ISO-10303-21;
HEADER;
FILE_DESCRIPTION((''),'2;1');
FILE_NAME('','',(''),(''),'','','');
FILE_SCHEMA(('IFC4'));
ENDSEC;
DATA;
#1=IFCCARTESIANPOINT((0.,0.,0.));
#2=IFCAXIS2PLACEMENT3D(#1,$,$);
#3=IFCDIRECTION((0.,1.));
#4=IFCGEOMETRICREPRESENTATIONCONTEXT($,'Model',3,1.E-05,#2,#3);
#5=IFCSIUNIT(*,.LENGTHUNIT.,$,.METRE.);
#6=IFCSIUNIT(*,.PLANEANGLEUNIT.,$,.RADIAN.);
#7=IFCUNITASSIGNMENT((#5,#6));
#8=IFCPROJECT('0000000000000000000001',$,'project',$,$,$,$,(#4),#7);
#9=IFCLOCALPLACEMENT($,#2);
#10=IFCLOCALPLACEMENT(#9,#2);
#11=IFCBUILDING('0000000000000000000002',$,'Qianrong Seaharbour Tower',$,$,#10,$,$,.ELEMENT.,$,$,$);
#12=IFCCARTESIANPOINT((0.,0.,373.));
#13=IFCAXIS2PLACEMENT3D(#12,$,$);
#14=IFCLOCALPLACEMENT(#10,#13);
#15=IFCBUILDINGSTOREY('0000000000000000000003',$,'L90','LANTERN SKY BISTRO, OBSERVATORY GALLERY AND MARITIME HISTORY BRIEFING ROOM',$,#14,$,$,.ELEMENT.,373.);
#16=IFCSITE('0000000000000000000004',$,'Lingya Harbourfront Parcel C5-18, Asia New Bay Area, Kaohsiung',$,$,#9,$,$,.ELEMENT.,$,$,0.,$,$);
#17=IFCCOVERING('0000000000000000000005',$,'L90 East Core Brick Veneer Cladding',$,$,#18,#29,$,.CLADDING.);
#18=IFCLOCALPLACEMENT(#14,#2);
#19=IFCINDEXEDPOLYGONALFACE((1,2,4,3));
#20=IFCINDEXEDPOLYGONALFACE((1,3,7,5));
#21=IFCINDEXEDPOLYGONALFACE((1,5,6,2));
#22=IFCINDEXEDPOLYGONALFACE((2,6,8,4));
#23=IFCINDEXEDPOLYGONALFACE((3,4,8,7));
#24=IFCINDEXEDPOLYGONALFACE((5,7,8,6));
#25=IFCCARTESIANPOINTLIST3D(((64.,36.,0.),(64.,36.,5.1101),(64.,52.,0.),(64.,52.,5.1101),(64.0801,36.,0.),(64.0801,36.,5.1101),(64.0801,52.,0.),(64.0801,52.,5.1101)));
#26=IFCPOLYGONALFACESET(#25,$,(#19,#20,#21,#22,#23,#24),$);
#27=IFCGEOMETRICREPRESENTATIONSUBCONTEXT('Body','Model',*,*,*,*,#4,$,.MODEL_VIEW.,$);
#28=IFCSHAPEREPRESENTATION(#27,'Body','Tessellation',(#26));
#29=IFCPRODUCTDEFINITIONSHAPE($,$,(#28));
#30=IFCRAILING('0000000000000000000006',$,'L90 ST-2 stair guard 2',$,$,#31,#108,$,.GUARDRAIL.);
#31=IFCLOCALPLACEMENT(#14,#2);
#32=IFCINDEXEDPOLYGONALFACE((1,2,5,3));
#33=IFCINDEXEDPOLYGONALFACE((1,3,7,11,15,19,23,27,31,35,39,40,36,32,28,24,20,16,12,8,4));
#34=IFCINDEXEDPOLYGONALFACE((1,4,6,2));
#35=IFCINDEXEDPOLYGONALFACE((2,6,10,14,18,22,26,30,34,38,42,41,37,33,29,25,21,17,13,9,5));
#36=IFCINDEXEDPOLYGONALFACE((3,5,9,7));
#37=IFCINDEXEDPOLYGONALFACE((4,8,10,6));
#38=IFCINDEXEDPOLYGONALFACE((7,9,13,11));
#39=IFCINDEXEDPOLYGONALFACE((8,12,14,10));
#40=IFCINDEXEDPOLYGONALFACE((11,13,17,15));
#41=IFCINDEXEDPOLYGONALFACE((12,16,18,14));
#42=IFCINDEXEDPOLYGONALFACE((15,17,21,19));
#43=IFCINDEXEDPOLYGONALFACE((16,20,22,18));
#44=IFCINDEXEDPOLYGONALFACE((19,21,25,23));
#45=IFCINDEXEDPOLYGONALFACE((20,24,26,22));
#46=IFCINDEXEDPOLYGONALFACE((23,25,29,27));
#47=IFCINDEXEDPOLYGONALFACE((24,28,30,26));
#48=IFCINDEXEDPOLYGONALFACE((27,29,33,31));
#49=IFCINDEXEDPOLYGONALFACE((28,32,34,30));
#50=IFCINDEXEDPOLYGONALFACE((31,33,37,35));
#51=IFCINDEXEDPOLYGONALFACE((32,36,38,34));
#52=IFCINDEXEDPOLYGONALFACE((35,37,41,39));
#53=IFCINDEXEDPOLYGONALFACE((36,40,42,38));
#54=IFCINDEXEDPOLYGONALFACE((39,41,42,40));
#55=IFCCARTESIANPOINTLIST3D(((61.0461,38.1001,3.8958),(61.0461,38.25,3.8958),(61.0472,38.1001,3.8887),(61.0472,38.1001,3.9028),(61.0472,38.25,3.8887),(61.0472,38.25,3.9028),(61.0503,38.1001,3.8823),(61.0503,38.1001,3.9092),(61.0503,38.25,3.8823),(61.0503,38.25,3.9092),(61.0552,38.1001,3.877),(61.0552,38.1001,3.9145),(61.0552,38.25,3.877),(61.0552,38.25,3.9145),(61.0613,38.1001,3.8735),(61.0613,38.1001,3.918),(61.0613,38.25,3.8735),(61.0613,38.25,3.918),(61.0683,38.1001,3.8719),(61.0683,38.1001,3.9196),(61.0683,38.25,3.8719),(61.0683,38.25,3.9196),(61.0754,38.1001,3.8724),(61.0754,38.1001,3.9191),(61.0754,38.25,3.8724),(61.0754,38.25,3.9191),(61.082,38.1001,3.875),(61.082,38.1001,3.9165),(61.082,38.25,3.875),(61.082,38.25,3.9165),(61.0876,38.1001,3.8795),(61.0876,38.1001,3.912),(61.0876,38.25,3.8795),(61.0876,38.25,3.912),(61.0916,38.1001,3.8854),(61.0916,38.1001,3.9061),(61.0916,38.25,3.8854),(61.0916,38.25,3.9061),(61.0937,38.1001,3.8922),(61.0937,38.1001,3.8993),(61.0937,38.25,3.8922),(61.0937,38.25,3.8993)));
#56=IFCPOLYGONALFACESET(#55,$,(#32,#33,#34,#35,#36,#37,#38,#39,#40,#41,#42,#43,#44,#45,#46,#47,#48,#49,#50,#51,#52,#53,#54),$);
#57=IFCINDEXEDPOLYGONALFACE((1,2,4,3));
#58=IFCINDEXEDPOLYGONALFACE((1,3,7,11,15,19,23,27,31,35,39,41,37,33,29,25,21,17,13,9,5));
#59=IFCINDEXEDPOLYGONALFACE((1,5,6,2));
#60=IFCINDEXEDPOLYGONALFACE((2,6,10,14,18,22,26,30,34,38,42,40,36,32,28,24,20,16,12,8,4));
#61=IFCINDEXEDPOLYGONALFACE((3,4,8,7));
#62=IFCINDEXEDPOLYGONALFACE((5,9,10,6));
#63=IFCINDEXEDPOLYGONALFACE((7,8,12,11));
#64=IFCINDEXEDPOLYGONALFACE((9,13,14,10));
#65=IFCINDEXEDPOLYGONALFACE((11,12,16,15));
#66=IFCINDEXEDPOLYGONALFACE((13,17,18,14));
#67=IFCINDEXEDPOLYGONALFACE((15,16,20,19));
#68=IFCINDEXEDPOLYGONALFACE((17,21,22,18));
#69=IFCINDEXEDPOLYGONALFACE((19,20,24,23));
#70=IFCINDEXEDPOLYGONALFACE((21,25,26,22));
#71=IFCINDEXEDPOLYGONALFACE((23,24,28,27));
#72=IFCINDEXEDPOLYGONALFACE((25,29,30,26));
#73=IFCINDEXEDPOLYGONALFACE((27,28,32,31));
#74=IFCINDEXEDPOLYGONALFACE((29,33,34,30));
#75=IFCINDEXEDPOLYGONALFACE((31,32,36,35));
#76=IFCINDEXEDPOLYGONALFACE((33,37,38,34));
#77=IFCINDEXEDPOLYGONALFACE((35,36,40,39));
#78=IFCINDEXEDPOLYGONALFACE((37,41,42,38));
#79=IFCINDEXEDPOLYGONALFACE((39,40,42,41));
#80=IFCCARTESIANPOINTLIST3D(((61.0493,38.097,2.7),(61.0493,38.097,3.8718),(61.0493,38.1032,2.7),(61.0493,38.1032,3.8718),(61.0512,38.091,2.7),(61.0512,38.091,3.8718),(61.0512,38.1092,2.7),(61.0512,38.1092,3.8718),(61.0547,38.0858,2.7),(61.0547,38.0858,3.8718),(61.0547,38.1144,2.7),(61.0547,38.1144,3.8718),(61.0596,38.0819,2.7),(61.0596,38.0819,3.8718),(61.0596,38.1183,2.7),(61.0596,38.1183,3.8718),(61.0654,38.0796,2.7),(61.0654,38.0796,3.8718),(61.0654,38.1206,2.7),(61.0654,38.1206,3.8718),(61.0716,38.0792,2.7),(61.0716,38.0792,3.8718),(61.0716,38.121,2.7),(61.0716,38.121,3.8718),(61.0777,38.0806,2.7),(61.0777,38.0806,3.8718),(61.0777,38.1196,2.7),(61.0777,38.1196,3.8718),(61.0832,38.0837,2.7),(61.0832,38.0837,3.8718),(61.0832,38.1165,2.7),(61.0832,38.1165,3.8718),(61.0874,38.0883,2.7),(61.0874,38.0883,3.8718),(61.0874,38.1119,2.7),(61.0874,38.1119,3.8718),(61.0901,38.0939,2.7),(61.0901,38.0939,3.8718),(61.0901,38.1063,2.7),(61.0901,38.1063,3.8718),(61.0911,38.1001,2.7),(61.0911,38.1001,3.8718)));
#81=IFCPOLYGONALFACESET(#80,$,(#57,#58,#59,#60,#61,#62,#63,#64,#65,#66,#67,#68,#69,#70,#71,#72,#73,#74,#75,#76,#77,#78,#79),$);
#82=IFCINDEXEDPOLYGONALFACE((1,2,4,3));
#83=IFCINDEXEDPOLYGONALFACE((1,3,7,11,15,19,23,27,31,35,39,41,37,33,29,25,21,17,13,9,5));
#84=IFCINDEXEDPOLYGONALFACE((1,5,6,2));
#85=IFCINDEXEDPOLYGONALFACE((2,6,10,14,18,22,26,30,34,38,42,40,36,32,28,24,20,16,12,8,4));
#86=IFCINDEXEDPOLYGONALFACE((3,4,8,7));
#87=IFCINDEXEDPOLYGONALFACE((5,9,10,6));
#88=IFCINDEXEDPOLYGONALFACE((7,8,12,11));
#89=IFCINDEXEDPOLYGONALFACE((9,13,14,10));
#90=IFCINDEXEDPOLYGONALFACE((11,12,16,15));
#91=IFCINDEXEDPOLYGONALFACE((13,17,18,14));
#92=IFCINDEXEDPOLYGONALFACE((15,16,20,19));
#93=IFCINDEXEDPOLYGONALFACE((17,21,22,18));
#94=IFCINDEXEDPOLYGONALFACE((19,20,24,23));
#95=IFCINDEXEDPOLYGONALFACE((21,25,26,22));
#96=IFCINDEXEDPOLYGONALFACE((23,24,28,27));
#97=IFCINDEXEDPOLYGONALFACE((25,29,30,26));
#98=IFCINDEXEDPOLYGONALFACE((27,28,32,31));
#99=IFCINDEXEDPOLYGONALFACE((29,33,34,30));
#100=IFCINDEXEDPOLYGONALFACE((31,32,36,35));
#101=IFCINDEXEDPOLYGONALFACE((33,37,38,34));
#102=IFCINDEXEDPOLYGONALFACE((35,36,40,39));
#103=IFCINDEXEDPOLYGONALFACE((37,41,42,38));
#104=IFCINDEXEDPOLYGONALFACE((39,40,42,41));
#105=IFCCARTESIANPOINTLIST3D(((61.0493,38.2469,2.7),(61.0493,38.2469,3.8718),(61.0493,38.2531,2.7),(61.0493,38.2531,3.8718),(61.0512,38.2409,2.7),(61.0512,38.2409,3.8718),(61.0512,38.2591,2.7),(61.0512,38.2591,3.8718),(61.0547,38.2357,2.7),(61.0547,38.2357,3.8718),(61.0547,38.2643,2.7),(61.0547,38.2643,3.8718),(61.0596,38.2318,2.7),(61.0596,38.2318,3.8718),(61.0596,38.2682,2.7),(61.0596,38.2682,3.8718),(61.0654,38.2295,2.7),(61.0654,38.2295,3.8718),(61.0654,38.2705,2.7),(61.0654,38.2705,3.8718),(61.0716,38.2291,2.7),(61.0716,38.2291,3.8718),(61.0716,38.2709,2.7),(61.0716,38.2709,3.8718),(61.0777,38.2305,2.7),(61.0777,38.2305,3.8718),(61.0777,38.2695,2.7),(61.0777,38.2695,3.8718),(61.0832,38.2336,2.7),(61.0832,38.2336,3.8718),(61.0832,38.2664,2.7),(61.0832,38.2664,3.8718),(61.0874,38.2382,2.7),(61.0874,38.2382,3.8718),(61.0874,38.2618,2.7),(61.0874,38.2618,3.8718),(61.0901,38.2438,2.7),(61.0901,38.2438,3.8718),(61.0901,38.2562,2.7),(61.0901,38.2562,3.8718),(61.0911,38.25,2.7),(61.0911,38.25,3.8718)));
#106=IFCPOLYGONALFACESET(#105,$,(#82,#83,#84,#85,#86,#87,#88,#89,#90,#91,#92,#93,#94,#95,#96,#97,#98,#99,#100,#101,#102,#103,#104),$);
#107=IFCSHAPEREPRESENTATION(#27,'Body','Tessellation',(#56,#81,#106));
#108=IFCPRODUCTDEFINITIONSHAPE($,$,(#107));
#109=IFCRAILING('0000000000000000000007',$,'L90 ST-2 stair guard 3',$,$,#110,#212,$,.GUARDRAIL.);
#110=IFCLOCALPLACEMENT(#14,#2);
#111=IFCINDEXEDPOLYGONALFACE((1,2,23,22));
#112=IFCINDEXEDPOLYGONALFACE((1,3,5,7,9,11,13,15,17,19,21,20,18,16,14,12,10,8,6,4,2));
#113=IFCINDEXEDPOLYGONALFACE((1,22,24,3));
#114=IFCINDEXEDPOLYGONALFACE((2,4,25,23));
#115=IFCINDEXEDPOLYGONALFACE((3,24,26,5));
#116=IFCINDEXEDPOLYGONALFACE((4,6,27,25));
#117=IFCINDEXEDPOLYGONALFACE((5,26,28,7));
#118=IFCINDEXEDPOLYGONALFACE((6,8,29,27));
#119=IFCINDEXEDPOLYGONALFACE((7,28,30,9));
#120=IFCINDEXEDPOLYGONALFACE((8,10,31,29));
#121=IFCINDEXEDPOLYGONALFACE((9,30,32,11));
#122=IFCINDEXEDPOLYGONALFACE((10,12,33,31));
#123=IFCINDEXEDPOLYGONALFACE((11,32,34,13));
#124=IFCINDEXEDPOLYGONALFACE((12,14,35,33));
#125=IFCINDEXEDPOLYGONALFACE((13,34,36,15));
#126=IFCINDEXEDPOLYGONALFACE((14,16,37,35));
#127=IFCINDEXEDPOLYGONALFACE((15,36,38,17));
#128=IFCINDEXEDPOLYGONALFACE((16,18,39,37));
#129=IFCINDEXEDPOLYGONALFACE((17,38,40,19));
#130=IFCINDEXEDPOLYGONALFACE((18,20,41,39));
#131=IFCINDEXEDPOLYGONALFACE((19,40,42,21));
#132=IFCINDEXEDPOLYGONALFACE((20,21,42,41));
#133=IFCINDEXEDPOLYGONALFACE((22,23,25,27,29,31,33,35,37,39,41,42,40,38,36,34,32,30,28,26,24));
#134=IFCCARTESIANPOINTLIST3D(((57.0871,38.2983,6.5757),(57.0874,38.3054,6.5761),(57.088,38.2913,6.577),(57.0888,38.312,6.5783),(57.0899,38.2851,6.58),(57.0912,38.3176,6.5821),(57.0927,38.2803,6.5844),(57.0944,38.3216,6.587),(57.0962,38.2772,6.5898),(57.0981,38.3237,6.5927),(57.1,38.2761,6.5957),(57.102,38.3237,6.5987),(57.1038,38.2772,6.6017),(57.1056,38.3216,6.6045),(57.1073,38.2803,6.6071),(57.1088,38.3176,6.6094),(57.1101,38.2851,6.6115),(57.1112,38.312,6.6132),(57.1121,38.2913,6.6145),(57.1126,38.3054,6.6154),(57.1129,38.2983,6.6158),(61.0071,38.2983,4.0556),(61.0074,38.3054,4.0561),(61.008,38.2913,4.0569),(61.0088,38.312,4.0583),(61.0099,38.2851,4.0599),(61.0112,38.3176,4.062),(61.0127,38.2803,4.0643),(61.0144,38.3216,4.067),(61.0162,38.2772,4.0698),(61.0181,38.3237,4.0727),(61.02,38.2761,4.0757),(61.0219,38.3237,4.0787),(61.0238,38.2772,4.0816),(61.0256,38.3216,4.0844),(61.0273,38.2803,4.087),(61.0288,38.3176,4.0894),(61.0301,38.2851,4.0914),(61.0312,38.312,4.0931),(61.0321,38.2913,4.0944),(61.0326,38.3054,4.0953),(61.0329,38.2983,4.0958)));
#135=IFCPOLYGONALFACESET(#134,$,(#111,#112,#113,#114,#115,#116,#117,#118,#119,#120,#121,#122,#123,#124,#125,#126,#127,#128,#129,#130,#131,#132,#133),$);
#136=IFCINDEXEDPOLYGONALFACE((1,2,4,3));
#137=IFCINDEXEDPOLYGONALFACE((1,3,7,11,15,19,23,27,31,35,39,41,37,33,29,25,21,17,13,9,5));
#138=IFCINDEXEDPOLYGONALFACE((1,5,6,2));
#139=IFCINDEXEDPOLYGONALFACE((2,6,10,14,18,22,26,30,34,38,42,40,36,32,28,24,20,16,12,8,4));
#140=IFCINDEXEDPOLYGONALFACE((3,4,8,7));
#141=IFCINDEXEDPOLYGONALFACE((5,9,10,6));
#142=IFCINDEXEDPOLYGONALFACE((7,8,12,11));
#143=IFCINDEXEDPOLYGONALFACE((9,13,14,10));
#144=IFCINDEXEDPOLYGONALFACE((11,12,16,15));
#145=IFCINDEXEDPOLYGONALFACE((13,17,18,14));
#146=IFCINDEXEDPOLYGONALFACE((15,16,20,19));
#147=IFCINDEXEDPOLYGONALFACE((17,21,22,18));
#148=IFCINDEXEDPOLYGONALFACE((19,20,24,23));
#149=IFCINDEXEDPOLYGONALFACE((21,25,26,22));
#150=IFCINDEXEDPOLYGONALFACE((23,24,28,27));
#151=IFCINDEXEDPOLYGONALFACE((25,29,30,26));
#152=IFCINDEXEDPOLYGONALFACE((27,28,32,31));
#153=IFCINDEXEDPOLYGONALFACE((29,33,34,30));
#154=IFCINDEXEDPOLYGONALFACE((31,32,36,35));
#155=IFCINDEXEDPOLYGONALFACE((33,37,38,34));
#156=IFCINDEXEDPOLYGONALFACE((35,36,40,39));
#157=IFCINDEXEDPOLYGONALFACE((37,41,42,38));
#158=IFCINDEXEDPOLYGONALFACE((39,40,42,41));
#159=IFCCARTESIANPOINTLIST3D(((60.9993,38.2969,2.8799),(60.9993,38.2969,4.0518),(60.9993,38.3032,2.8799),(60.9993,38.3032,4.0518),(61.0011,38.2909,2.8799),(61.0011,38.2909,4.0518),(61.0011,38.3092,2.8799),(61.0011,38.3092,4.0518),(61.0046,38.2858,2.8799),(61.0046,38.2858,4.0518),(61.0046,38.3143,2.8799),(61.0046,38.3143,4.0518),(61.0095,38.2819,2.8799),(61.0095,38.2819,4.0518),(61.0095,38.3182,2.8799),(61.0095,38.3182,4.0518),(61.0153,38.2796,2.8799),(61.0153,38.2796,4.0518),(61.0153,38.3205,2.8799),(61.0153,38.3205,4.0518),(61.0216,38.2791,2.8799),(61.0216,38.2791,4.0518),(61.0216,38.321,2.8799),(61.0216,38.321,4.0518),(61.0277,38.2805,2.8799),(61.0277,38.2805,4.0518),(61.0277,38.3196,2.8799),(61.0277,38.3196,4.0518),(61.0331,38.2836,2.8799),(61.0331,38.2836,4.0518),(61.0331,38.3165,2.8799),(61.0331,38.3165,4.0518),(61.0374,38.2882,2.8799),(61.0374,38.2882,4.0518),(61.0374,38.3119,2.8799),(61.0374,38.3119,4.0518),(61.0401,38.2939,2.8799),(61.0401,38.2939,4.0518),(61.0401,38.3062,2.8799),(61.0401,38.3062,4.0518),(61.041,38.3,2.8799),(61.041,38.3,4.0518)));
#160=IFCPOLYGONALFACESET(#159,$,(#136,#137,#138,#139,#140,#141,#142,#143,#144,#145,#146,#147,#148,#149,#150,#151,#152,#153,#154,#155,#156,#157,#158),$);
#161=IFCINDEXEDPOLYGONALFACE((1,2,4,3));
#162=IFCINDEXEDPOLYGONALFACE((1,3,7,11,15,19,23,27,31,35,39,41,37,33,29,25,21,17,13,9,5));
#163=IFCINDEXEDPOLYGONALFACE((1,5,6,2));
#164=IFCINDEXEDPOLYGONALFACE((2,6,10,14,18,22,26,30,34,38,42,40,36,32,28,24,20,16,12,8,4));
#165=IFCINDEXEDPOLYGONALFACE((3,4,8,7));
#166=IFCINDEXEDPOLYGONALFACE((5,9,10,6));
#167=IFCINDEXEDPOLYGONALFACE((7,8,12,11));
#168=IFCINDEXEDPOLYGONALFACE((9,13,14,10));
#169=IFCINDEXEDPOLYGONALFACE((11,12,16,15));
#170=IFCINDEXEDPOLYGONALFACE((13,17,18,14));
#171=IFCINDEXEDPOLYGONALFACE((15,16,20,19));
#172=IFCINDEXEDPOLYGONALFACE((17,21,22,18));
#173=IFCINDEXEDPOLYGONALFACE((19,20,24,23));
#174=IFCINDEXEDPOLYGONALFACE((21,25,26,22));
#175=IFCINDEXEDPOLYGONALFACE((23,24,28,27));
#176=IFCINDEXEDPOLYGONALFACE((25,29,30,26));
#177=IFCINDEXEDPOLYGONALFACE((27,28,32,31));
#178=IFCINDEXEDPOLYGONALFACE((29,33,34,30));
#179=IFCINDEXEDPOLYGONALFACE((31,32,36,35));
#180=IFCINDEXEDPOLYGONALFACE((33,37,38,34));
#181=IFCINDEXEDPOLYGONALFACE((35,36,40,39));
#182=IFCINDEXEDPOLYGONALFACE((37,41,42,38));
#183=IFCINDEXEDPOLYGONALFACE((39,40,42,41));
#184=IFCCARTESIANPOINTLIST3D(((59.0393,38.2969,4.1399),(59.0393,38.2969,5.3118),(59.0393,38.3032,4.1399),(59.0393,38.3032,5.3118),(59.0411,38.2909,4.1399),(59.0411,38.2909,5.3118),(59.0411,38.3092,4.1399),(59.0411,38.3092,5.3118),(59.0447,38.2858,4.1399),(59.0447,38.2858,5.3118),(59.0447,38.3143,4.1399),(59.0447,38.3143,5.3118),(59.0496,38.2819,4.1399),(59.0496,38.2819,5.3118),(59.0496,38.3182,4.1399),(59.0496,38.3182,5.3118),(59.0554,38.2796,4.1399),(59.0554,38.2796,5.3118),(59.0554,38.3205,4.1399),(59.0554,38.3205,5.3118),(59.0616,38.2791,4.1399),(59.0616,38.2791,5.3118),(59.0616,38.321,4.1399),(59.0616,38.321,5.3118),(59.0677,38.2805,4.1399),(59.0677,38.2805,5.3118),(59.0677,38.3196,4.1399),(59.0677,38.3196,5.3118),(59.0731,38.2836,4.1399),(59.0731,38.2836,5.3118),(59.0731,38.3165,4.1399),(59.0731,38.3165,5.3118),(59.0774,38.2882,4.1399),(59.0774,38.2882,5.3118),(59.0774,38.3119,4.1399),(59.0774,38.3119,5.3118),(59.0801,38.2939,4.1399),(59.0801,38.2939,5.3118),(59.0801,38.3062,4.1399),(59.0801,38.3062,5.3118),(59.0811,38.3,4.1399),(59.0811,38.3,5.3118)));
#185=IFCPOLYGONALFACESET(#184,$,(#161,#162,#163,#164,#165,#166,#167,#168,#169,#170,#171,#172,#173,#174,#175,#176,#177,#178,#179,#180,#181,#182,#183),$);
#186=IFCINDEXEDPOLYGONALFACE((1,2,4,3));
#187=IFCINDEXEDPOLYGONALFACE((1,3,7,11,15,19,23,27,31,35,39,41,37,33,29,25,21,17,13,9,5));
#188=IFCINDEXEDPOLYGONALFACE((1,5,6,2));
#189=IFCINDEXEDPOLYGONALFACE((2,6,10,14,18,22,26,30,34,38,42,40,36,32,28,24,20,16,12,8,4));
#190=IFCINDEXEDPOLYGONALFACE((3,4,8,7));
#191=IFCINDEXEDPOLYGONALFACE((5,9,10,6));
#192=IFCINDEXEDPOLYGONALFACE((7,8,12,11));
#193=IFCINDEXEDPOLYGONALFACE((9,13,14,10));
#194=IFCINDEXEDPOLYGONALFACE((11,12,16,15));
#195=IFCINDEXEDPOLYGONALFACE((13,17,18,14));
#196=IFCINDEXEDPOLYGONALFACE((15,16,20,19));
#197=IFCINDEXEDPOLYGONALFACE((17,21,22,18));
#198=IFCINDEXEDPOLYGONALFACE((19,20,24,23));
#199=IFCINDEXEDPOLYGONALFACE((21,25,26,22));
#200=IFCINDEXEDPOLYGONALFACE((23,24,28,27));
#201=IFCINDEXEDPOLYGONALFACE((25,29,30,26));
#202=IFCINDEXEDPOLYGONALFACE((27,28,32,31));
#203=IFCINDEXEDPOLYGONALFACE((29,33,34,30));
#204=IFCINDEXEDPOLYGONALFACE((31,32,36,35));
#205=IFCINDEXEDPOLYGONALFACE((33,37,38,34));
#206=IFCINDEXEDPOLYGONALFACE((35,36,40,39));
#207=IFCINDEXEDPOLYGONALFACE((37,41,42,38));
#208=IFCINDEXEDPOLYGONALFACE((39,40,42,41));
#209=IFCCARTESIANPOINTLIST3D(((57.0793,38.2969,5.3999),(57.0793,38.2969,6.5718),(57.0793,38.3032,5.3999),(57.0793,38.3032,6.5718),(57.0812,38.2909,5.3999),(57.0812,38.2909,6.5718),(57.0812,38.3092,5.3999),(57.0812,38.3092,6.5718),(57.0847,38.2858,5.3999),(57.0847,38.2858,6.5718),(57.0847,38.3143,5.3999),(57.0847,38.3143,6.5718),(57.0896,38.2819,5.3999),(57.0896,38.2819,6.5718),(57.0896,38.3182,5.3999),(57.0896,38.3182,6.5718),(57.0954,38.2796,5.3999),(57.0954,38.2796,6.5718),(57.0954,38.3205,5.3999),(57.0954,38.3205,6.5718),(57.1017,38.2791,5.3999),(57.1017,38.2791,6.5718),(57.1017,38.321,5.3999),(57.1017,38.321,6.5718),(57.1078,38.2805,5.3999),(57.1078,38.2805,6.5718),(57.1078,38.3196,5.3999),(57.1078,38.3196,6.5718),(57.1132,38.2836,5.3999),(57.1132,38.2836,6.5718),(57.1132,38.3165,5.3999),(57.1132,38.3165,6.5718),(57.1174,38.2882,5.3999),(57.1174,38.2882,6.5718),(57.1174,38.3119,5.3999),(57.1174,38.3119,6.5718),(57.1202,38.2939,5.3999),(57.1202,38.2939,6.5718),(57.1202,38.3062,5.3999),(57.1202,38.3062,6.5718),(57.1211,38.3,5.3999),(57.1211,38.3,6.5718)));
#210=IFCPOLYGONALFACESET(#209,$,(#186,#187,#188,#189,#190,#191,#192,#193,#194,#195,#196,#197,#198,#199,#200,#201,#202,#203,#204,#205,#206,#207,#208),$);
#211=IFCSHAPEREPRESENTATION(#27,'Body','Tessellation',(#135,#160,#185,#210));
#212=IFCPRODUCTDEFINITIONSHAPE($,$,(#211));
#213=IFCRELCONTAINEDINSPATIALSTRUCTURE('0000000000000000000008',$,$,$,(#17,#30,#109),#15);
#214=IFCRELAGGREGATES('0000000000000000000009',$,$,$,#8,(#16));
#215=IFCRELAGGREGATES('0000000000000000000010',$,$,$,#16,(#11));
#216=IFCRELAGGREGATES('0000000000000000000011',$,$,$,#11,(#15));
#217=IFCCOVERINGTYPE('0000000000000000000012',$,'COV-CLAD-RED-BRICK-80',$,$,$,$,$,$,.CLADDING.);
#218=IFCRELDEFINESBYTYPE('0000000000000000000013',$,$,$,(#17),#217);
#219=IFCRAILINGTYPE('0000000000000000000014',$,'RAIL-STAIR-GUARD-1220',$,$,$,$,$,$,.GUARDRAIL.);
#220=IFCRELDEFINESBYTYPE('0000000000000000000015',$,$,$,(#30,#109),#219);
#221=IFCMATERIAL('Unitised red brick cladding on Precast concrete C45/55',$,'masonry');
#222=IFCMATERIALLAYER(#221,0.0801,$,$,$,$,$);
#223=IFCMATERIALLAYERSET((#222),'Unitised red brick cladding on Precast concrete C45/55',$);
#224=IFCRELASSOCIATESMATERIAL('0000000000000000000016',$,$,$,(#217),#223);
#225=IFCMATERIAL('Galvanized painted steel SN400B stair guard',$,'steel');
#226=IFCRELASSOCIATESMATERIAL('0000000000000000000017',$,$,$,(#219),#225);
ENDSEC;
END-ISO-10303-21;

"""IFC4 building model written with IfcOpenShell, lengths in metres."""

from ifc_helpers import new_model, si_unit, direction, frame, origin, origin_2d, place, context, subcontext, project, spatial, rectangle, circle, extrude, material, layer, layer_set, type_object, element, save


model = new_model("IFC4")

# Units and contexts
model_context = context("Model", 3, precision=1e-05, world=origin(), true_north=direction((0.0, 1.0)))
body_context = subcontext(model_context, "Body", "Model", "MODEL_VIEW")
ifc_project = project(units=[si_unit("LENGTHUNIT", "METRE"), si_unit("PLANEANGLEUNIT", "RADIAN")], contexts=[model_context])

# Site, building, storey
site_placement = place(None, origin())
site = spatial("IfcSite", under=ifc_project, at=site_placement, Name="Lingya Harbourfront Parcel C5-18, Asia New Bay Area, Kaohsiung", CompositionType="ELEMENT", RefElevation=0.0)
building_placement = place(site_placement, origin())
building = spatial("IfcBuilding", under=site, at=building_placement, Name="Qianrong Seaharbour Tower", CompositionType="ELEMENT")
storey_placement = place(building_placement, frame((0.0, 0.0, 373.0)))
storey = spatial("IfcBuildingStorey", under=building, at=storey_placement, Name="L90", Description="LANTERN SKY BISTRO, OBSERVATORY GALLERY AND MARITIME HISTORY BRIEFING ROOM", CompositionType="ELEMENT", Elevation=373.0)

# Covering
ifc_material_1 = material(Name="Unitised red brick cladding on Precast concrete C45/55", Category="masonry")
ifc_layer_1 = layer(ifc_material_1, 0.0801)
ifc_layer_set_1 = layer_set([ifc_layer_1], Name="Unitised red brick cladding on Precast concrete C45/55")
covering_type = type_object("IfcCoveringType", Name="COV-CLAD-RED-BRICK-80", PredefinedType="CLADDING", material=ifc_layer_set_1)
covering_placement = place(storey_placement, frame((64.04, 44.0, 0.0), z_axis=(0.0, 0.0, 1.0), x_axis=(1.0, 0.0, 0.0)))
element("IfcCovering", 1, at=covering_placement, inside=storey, type_object=covering_type, Name="L90 East Core Brick Veneer Cladding", PredefinedType="CLADDING", context=body_context, shape_type="SweptSolid", body=[
    extrude(rectangle(XDim=0.0801, YDim=16.0, at=origin_2d()), origin(), (0.0, 0.0, 1.0), 5.1101),
])

# Railings
ifc_material_2 = material(Name="Galvanized painted steel SN400B stair guard", Category="steel")
railing_type_1 = type_object("IfcRailingType", Name="RAIL-STAIR-GUARD-1220", PredefinedType="GUARDRAIL", material=ifc_material_2)
railing_1_placement = place(storey_placement, frame((61.0701, 38.1001, 2.7)))
element("IfcRailing", 2, at=railing_1_placement, inside=storey, type_object=railing_type_1, Name="L90 ST-2 stair guard 2", PredefinedType="GUARDRAIL", context=body_context, shape_type="SweptSolid", body=[
    extrude(circle(Radius=0.0239, at=origin_2d()), frame((0.0, 0.0, 1.1958), z_axis=(0.0, 1.0, 0.0), x_axis=(-1.0, 0.0, 0.0)), (0.0, 0.0, 1.0), 0.1499),
    extrude(circle(Radius=0.021, at=origin_2d()), origin(), (0.0, 0.0, 1.0), 1.1719),
    extrude(circle(Radius=0.021, at=origin_2d()), frame((0.0, 0.1499, 0.0)), (0.0, 0.0, 1.0), 1.1719),
])
railing_2_placement = place(storey_placement, frame((61.02, 38.3, 2.8799)))
element("IfcRailing", 3, at=railing_2_placement, inside=storey, type_object=railing_type_1, Name="L90 ST-2 stair guard 3", PredefinedType="GUARDRAIL", context=body_context, shape_type="SweptSolid", body=[
    extrude(circle(Radius=0.0239, at=origin_2d()), frame((0.0, 0.0, 1.1958), z_axis=(-0.841172, 0.0, 0.540768), x_axis=(0.0, -1.0, 0.0)), (0.0, 0.0, 1.0), 4.6602),
    extrude(circle(Radius=0.021, at=origin_2d()), origin(), (0.0, 0.0, 1.0), 1.1719),
    extrude(circle(Radius=0.021, at=origin_2d()), frame((-1.96, 0.0, 1.26)), (0.0, 0.0, 1.0), 1.1719),
    extrude(circle(Radius=0.021, at=origin_2d()), frame((-3.9199, 0.0, 2.52)), (0.0, 0.0, 1.0), 1.1719),
])

save(model, "model.ifc")
